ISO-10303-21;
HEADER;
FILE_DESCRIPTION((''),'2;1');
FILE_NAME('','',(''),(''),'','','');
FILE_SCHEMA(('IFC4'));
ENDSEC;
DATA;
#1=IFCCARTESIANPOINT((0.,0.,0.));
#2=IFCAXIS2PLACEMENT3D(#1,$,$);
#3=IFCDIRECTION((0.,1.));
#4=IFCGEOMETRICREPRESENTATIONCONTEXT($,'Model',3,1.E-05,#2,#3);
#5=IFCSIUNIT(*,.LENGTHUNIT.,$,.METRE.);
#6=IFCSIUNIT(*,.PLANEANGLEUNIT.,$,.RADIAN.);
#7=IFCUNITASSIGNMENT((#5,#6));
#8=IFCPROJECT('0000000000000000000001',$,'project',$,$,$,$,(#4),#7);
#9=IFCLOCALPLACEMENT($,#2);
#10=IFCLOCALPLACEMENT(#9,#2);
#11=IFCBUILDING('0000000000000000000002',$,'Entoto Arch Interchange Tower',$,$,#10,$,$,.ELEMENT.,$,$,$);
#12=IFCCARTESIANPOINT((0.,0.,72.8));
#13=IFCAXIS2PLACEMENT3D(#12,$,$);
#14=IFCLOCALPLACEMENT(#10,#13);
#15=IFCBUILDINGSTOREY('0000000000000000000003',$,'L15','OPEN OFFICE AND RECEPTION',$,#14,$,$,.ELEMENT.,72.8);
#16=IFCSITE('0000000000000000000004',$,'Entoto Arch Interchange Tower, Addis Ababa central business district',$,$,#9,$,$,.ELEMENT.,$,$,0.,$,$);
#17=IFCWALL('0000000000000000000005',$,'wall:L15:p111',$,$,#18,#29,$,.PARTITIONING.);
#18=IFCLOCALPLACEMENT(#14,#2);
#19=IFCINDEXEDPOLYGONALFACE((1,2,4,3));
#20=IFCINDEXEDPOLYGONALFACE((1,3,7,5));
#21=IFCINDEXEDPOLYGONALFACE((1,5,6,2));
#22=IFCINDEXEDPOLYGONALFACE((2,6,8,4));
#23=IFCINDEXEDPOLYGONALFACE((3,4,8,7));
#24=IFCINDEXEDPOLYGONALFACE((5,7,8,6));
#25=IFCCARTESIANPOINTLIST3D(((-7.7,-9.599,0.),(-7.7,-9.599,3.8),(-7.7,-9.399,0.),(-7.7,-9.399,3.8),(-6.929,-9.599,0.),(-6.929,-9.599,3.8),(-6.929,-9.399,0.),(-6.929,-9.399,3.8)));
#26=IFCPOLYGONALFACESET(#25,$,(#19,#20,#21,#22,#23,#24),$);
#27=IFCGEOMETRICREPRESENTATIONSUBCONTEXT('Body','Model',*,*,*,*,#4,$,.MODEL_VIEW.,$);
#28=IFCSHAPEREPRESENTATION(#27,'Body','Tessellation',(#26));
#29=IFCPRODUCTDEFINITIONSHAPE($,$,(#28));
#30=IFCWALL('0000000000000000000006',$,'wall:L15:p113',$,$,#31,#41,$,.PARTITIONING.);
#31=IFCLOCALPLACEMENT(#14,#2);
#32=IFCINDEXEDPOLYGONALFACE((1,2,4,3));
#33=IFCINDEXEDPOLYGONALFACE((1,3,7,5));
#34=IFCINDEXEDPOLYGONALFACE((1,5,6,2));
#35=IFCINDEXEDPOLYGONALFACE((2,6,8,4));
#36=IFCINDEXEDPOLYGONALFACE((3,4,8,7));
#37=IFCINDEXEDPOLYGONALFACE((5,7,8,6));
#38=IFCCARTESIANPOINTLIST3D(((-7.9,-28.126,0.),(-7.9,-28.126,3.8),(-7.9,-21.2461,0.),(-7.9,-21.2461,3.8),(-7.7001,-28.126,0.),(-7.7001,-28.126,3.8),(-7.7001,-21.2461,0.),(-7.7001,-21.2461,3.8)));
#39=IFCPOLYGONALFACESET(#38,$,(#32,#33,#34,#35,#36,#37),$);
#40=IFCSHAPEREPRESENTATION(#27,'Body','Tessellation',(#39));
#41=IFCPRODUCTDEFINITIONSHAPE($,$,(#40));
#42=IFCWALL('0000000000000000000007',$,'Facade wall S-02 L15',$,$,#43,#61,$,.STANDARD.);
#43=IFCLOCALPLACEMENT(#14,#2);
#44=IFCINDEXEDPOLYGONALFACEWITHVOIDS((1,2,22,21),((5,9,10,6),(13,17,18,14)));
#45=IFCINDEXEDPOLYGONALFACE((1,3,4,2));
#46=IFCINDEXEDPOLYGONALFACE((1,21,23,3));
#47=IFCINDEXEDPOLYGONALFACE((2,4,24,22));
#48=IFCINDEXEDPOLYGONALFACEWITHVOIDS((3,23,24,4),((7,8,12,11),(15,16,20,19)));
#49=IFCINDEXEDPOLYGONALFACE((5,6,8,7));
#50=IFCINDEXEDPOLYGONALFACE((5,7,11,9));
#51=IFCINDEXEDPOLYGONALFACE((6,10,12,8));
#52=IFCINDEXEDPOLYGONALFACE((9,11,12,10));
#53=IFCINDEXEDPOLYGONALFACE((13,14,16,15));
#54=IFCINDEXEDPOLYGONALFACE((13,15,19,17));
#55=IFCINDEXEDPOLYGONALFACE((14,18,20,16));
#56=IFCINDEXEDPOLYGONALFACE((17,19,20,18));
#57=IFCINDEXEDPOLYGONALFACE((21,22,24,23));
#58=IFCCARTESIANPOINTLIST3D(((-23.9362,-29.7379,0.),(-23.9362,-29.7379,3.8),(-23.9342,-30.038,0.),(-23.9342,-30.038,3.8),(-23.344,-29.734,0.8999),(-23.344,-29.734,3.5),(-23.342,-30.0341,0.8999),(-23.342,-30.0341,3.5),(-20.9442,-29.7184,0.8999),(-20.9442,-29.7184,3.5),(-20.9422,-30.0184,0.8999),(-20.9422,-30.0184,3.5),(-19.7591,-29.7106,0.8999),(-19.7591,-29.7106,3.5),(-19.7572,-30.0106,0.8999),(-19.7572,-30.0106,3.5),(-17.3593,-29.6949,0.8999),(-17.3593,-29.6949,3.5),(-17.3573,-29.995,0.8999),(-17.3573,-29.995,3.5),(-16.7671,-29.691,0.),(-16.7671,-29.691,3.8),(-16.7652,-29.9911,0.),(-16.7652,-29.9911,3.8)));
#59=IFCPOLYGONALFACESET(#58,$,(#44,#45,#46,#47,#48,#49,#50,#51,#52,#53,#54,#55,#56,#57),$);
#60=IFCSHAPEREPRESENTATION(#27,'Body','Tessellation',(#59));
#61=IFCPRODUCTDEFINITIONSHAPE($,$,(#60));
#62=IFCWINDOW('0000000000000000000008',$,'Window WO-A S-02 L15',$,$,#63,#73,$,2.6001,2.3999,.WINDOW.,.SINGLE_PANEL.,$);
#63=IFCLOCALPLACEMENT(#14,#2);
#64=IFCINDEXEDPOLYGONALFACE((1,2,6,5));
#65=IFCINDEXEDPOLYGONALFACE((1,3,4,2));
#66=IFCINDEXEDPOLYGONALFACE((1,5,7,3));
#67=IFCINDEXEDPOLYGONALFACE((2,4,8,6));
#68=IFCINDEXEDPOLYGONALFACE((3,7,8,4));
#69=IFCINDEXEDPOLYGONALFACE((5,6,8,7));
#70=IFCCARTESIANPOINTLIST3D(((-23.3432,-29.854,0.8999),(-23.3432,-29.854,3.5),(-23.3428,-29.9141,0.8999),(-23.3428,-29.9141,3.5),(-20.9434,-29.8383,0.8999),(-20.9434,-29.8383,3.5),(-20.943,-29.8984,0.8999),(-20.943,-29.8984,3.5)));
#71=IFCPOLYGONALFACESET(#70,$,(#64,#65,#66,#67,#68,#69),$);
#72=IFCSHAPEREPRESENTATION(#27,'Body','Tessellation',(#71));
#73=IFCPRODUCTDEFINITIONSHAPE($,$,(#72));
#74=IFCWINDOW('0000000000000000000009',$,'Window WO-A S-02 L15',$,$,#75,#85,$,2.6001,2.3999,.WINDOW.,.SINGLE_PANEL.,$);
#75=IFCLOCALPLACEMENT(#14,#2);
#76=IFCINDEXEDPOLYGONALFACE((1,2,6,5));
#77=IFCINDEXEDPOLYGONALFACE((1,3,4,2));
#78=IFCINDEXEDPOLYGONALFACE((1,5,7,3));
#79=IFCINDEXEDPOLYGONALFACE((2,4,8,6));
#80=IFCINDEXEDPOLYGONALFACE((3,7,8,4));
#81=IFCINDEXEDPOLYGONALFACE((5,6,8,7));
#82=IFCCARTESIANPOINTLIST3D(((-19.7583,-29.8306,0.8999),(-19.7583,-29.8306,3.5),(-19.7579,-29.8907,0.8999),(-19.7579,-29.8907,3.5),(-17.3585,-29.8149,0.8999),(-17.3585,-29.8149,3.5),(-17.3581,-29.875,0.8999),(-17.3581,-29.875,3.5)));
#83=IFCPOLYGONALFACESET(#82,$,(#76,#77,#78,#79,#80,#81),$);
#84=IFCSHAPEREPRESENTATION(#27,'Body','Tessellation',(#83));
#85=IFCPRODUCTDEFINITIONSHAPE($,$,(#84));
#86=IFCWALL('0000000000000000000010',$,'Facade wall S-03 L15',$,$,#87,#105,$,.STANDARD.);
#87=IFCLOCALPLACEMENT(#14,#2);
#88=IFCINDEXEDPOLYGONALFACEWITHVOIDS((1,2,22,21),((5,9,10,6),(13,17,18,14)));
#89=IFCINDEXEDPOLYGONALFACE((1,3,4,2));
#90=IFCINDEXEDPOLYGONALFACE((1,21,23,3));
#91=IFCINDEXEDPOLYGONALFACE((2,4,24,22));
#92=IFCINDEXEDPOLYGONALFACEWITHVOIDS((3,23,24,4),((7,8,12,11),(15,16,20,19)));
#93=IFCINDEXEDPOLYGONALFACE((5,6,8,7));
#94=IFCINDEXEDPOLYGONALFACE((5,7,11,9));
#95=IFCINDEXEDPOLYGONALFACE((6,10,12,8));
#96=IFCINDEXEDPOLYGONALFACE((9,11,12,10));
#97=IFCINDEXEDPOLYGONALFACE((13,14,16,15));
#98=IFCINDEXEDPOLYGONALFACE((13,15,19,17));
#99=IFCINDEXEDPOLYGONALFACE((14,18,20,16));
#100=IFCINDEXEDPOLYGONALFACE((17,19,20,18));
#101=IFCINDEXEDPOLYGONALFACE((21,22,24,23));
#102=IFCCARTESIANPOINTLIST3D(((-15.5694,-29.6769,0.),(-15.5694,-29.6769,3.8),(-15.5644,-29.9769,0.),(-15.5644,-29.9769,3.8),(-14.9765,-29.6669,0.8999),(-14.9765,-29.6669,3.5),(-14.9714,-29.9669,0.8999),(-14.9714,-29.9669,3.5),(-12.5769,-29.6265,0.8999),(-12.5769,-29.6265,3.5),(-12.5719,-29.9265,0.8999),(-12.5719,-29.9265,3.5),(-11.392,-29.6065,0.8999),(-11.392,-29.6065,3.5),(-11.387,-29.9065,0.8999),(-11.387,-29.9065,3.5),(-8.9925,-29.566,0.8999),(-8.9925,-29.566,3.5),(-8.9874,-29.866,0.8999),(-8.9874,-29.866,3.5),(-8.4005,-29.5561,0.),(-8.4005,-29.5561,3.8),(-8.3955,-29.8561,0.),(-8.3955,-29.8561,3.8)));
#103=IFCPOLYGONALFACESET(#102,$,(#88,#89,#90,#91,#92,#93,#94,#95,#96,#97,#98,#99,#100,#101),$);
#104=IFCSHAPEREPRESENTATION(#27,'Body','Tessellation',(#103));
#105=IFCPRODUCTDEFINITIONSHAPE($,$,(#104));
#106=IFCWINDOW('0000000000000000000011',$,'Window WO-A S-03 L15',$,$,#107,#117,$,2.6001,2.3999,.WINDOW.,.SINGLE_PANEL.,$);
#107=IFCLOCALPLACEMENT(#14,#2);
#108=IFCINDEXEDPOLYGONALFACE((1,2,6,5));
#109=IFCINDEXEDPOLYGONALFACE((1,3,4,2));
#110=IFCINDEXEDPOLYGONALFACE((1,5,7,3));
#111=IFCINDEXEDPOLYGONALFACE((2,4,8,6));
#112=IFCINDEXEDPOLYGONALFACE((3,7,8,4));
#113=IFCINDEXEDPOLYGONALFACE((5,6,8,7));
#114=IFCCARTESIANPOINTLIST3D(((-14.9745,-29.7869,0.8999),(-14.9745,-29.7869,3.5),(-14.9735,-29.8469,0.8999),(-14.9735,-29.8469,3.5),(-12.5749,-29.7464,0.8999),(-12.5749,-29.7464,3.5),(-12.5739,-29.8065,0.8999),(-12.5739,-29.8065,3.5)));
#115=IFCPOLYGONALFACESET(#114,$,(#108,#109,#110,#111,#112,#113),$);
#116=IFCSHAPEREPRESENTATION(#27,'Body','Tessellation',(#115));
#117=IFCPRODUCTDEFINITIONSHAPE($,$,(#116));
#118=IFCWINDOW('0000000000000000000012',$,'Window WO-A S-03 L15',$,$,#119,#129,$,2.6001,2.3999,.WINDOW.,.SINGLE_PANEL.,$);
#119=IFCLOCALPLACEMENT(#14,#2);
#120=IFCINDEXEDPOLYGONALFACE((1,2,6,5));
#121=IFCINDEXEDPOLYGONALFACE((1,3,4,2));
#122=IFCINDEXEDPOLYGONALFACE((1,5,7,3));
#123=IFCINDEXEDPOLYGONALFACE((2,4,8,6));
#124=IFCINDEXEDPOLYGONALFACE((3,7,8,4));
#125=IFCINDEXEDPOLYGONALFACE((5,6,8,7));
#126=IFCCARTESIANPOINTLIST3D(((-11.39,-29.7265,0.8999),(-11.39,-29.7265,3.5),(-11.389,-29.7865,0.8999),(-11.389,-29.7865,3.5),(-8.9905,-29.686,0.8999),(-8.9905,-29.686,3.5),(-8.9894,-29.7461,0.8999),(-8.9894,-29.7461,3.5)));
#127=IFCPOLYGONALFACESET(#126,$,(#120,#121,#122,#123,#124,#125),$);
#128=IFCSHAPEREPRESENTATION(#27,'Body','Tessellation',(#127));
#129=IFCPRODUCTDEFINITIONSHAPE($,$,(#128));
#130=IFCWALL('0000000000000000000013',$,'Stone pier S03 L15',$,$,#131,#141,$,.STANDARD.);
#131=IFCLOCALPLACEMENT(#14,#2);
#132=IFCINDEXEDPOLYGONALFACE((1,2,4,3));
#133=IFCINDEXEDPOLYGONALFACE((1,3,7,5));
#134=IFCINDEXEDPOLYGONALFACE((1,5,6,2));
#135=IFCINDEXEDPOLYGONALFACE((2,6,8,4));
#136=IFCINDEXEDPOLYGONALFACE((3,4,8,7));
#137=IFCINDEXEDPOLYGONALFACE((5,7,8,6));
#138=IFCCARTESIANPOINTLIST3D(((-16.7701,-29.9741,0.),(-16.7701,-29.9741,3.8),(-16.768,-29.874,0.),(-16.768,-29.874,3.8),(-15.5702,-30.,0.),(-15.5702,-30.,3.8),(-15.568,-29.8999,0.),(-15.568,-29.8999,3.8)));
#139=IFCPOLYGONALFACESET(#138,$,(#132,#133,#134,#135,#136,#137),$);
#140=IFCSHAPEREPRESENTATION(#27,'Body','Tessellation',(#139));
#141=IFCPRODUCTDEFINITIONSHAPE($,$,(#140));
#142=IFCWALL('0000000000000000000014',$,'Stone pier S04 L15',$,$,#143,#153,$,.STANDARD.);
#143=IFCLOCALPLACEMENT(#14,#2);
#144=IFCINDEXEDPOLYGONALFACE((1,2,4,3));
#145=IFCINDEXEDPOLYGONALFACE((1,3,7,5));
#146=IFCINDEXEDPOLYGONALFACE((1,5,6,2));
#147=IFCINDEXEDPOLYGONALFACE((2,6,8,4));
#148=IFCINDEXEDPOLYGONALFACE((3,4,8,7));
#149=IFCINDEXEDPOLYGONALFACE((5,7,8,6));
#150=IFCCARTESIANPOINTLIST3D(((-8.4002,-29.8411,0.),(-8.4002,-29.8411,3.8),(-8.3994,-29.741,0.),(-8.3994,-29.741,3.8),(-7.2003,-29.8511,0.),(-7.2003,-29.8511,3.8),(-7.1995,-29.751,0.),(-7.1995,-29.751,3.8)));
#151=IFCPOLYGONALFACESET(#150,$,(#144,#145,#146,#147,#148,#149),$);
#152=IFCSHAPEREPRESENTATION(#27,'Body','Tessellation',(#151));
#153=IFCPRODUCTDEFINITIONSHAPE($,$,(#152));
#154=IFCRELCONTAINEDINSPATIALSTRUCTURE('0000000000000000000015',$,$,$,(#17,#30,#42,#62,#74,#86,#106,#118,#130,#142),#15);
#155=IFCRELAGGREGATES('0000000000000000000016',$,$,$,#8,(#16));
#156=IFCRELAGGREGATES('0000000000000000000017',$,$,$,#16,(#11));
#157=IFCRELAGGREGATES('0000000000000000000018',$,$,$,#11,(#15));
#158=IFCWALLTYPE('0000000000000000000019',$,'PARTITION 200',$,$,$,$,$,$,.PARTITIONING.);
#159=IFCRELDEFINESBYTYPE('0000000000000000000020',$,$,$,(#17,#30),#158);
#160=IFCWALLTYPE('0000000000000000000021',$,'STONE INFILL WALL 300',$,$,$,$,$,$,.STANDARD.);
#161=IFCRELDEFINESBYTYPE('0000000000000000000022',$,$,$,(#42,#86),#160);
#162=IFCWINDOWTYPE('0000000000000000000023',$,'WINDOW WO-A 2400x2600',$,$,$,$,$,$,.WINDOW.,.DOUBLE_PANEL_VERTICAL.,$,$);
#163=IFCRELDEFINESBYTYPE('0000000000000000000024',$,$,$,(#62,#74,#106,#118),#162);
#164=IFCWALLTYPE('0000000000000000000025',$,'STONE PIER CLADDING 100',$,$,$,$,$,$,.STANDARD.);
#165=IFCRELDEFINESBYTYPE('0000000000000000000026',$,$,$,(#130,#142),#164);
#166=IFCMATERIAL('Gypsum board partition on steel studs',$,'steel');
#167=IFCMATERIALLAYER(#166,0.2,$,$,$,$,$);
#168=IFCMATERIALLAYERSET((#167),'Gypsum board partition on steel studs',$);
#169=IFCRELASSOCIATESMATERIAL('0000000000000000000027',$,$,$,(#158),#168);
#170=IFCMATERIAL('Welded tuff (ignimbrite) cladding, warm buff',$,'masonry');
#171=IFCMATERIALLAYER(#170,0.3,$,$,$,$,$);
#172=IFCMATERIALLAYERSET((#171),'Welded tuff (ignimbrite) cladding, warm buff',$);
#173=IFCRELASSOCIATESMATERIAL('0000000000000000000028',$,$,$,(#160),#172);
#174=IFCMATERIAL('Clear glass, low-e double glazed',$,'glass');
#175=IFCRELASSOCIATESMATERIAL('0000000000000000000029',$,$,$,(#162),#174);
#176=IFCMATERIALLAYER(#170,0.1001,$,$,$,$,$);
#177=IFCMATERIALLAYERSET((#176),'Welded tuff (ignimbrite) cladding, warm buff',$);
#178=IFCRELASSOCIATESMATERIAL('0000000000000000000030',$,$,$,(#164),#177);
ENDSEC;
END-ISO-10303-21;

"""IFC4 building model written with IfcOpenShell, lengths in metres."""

from ifc_helpers import new_model, si_unit, direction, frame, frame_2d, origin, place, context, subcontext, project, spatial, rectangle, extrude, material, layer, layer_set, type_object, element, fill, save


model = new_model("IFC4")

# Units and contexts
model_context = context("Model", 3, precision=1e-05, world=origin(), true_north=direction((0.0, 1.0)))
body_context = subcontext(model_context, "Body", "Model", "MODEL_VIEW")
ifc_project = project(units=[si_unit("LENGTHUNIT", "METRE"), si_unit("PLANEANGLEUNIT", "RADIAN")], contexts=[model_context])

# Site, building, storey
site_placement = place(None, origin())
site = spatial("IfcSite", under=ifc_project, at=site_placement, Name="Entoto Arch Interchange Tower, Addis Ababa central business district", CompositionType="ELEMENT", RefElevation=0.0)
building_placement = place(site_placement, origin())
building = spatial("IfcBuilding", under=site, at=building_placement, Name="Entoto Arch Interchange Tower", CompositionType="ELEMENT")
storey_placement = place(building_placement, frame((0.0, 0.0, 72.8)))
storey = spatial("IfcBuildingStorey", under=building, at=storey_placement, Name="L15", Description="OPEN OFFICE AND RECEPTION", CompositionType="ELEMENT", Elevation=72.8)

# Shared definitions
ifc_material_1 = material(Name="Gypsum board partition on steel studs", Category="steel")

# Shared definitions
ifc_layer_1 = layer(ifc_material_1, 0.2)
ifc_layer_set_1 = layer_set([ifc_layer_1], Name="Gypsum board partition on steel studs")
wall_type_1 = type_object("IfcWallType", Name="PARTITION 200", PredefinedType="PARTITIONING", material=ifc_layer_set_1)

# Walls
wall_1_placement = place(storey_placement, frame((-7.7, -9.499, 0.0), z_axis=(0.0, 0.0, 1.0), x_axis=(1.0, 0.0, 0.0)))
element("IfcWall", 1, at=wall_1_placement, inside=storey, type_object=wall_type_1, Name="wall:L15:p111", PredefinedType="PARTITIONING", context=body_context, shape_type="SweptSolid", body=[
    extrude(rectangle(XDim=0.771, YDim=0.2, at=frame_2d((0.3855, 0.0))), origin(), (0.0, 0.0, 1.0), 3.8),
])
wall_2_placement = place(storey_placement, frame((-7.8, -28.126, 0.0), z_axis=(0.0, 0.0, 1.0), x_axis=(0.0, 1.0, 0.0)))
element("IfcWall", 2, at=wall_2_placement, inside=storey, type_object=wall_type_1, Name="wall:L15:p113", PredefinedType="PARTITIONING", context=body_context, shape_type="SweptSolid", body=[
    extrude(rectangle(XDim=6.8799, YDim=0.2, at=frame_2d((3.4399, 0.0))), origin(), (0.0, 0.0, 1.0), 3.8),
])

# Walls, openings, windows
ifc_material_2 = material(Name="Welded tuff (ignimbrite) cladding, warm buff", Category="masonry")
ifc_layer_2 = layer(ifc_material_2, 0.3)
ifc_layer_set_2 = layer_set([ifc_layer_2], Name="Welded tuff (ignimbrite) cladding, warm buff")
wall_type_2 = type_object("IfcWallType", Name="STONE INFILL WALL 300", PredefinedType="STANDARD", material=ifc_layer_set_2)
wall_3_placement = place(storey_placement, frame((-23.9351, -29.8879, 0.0), z_axis=(0.0, 0.0, 1.0), x_axis=(0.999979, 0.006538, 0.0)))
wall_3 = element("IfcWall", 3, at=wall_3_placement, inside=storey, type_object=wall_type_2, Name="Facade wall S-02 L15", PredefinedType="STANDARD", context=body_context, shape_type="SweptSolid", body=[
    extrude(rectangle(XDim=7.1692, YDim=0.3, at=frame_2d((3.5845, 0.0))), origin(), (0.0, 0.0, 1.0), 3.8),
])
opening_1_placement = place(wall_3_placement, frame((0.592, 0.0, 0.8999)))
opening_1 = element("IfcOpeningElement", 4, at=opening_1_placement, cuts=wall_3, PredefinedType="OPENING", context=body_context, shape_type="SweptSolid", body=[
    extrude(rectangle(XDim=2.3999, YDim=2.6001, at=frame_2d((1.2, 1.3))), frame((0.0, 0.1602, 0.0), z_axis=(0.0, -1.0, 0.0), x_axis=(1.0, 0.0, 0.0)), (0.0, 0.0, 1.0), 0.3201),
])
opening_2_placement = place(wall_3_placement, frame((4.177, 0.0, 0.8999)))
opening_2 = element("IfcOpeningElement", 5, at=opening_2_placement, cuts=wall_3, PredefinedType="OPENING", context=body_context, shape_type="SweptSolid", body=[
    extrude(rectangle(XDim=2.3999, YDim=2.6001, at=frame_2d((1.2, 1.3))), frame((0.0, 0.1602, 0.0), z_axis=(0.0, -1.0, 0.0), x_axis=(1.0, 0.0, 0.0)), (0.0, 0.0, 1.0), 0.3201),
])
ifc_material_3 = material(Name="Clear glass, low-e double glazed", Category="glass")
window_type = type_object("IfcWindowType", Name="WINDOW WO-A 2400x2600", PartitioningType="DOUBLE_PANEL_VERTICAL", PredefinedType="WINDOW", material=ifc_material_3)
window_1_placement = place(opening_1_placement, origin())
window_1 = element("IfcWindow", 6, at=window_1_placement, inside=storey, type_object=window_type, Name="Window WO-A S-02 L15", OverallHeight=2.6001, OverallWidth=2.3999, PartitioningType="SINGLE_PANEL", PredefinedType="WINDOW", context=body_context, shape_type="SweptSolid", body=[
    extrude(rectangle(XDim=2.3999, YDim=2.6001, at=frame_2d((1.2, 1.3))), frame((0.0, 0.03, 0.0), z_axis=(0.0, -1.0, 0.0), x_axis=(1.0, 0.0, 0.0)), (0.0, 0.0, 1.0), 0.0601),
])
fill(opening_1, window_1)
window_2_placement = place(opening_2_placement, origin())
window_2 = element("IfcWindow", 7, at=window_2_placement, inside=storey, type_object=window_type, Name="Window WO-A S-02 L15", OverallHeight=2.6001, OverallWidth=2.3999, PartitioningType="SINGLE_PANEL", PredefinedType="WINDOW", context=body_context, shape_type="SweptSolid", body=[
    extrude(rectangle(XDim=2.3999, YDim=2.6001, at=frame_2d((1.2, 1.3))), frame((0.0, 0.03, 0.0), z_axis=(0.0, -1.0, 0.0), x_axis=(1.0, 0.0, 0.0)), (0.0, 0.0, 1.0), 0.0601),
])
fill(opening_2, window_2)
wall_4_placement = place(storey_placement, frame((-15.5669, -29.8269, 0.0), z_axis=(0.0, 0.0, 1.0), x_axis=(0.999858, 0.016855, 0.0)))
wall_4 = element("IfcWall", 8, at=wall_4_placement, inside=storey, type_object=wall_type_2, Name="Facade wall S-03 L15", PredefinedType="STANDARD", context=body_context, shape_type="SweptSolid", body=[
    extrude(rectangle(XDim=7.1699, YDim=0.3, at=frame_2d((3.585, 0.0))), origin(), (0.0, 0.0, 1.0), 3.8),
])
opening_3_placement = place(wall_4_placement, frame((0.593, 0.0, 0.8999)))
opening_3 = element("IfcOpeningElement", 9, at=opening_3_placement, cuts=wall_4, PredefinedType="OPENING", context=body_context, shape_type="SweptSolid", body=[
    extrude(rectangle(XDim=2.3999, YDim=2.6001, at=frame_2d((1.2, 1.3))), frame((0.0, 0.1602, 0.0), z_axis=(0.0, -1.0, 0.0), x_axis=(1.0, 0.0, 0.0)), (0.0, 0.0, 1.0), 0.3201),
])
opening_4_placement = place(wall_4_placement, frame((4.178, 0.0, 0.8999)))
opening_4 = element("IfcOpeningElement", 10, at=opening_4_placement, cuts=wall_4, PredefinedType="OPENING", context=body_context, shape_type="SweptSolid", body=[
    extrude(rectangle(XDim=2.3999, YDim=2.6001, at=frame_2d((1.2, 1.3))), frame((0.0, 0.1602, 0.0), z_axis=(0.0, -1.0, 0.0), x_axis=(1.0, 0.0, 0.0)), (0.0, 0.0, 1.0), 0.3201),
])
window_3_placement = place(opening_3_placement, origin())
window_3 = element("IfcWindow", 11, at=window_3_placement, inside=storey, type_object=window_type, Name="Window WO-A S-03 L15", OverallHeight=2.6001, OverallWidth=2.3999, PartitioningType="SINGLE_PANEL", PredefinedType="WINDOW", context=body_context, shape_type="SweptSolid", body=[
    extrude(rectangle(XDim=2.3999, YDim=2.6001, at=frame_2d((1.2, 1.3))), frame((0.0, 0.03, 0.0), z_axis=(0.0, -1.0, 0.0), x_axis=(1.0, 0.0, 0.0)), (0.0, 0.0, 1.0), 0.0601),
])
fill(opening_3, window_3)
window_4_placement = place(opening_4_placement, origin())
window_4 = element("IfcWindow", 12, at=window_4_placement, inside=storey, type_object=window_type, Name="Window WO-A S-03 L15", OverallHeight=2.6001, OverallWidth=2.3999, PartitioningType="SINGLE_PANEL", PredefinedType="WINDOW", context=body_context, shape_type="SweptSolid", body=[
    extrude(rectangle(XDim=2.3999, YDim=2.6001, at=frame_2d((1.2, 1.3))), frame((0.0, 0.03, 0.0), z_axis=(0.0, -1.0, 0.0), x_axis=(1.0, 0.0, 0.0)), (0.0, 0.0, 1.0), 0.0601),
])
fill(opening_4, window_4)

# Walls
ifc_layer_3 = layer(ifc_material_2, 0.1001)
ifc_layer_set_3 = layer_set([ifc_layer_3], Name="Welded tuff (ignimbrite) cladding, warm buff")
wall_type_3 = type_object("IfcWallType", Name="STONE PIER CLADDING 100", PredefinedType="STANDARD", material=ifc_layer_set_3)
wall_5_placement = place(storey_placement, frame((-16.769, -29.9241, 0.0), z_axis=(0.0, 0.0, 1.0), x_axis=(0.999768, -0.021562, 0.0)))
element("IfcWall", 13, at=wall_5_placement, inside=storey, type_object=wall_type_3, Name="Stone pier S03 L15", PredefinedType="STANDARD", context=body_context, shape_type="SweptSolid", body=[
    extrude(rectangle(XDim=1.2002, YDim=0.1001, at=frame_2d((0.6001, 0.0))), origin(), (0.0, 0.0, 1.0), 3.8),
])
wall_6_placement = place(storey_placement, frame((-8.3999, -29.791, 0.0), z_axis=(0.0, 0.0, 1.0), x_axis=(0.999965, -0.008342, 0.0)))
element("IfcWall", 14, at=wall_6_placement, inside=storey, type_object=wall_type_3, Name="Stone pier S04 L15", PredefinedType="STANDARD", context=body_context, shape_type="SweptSolid", body=[
    extrude(rectangle(XDim=1.2, YDim=0.1001, at=frame_2d((0.6001, 0.0))), origin(), (0.0, 0.0, 1.0), 3.8),
])

save(model, "model.ifc")
